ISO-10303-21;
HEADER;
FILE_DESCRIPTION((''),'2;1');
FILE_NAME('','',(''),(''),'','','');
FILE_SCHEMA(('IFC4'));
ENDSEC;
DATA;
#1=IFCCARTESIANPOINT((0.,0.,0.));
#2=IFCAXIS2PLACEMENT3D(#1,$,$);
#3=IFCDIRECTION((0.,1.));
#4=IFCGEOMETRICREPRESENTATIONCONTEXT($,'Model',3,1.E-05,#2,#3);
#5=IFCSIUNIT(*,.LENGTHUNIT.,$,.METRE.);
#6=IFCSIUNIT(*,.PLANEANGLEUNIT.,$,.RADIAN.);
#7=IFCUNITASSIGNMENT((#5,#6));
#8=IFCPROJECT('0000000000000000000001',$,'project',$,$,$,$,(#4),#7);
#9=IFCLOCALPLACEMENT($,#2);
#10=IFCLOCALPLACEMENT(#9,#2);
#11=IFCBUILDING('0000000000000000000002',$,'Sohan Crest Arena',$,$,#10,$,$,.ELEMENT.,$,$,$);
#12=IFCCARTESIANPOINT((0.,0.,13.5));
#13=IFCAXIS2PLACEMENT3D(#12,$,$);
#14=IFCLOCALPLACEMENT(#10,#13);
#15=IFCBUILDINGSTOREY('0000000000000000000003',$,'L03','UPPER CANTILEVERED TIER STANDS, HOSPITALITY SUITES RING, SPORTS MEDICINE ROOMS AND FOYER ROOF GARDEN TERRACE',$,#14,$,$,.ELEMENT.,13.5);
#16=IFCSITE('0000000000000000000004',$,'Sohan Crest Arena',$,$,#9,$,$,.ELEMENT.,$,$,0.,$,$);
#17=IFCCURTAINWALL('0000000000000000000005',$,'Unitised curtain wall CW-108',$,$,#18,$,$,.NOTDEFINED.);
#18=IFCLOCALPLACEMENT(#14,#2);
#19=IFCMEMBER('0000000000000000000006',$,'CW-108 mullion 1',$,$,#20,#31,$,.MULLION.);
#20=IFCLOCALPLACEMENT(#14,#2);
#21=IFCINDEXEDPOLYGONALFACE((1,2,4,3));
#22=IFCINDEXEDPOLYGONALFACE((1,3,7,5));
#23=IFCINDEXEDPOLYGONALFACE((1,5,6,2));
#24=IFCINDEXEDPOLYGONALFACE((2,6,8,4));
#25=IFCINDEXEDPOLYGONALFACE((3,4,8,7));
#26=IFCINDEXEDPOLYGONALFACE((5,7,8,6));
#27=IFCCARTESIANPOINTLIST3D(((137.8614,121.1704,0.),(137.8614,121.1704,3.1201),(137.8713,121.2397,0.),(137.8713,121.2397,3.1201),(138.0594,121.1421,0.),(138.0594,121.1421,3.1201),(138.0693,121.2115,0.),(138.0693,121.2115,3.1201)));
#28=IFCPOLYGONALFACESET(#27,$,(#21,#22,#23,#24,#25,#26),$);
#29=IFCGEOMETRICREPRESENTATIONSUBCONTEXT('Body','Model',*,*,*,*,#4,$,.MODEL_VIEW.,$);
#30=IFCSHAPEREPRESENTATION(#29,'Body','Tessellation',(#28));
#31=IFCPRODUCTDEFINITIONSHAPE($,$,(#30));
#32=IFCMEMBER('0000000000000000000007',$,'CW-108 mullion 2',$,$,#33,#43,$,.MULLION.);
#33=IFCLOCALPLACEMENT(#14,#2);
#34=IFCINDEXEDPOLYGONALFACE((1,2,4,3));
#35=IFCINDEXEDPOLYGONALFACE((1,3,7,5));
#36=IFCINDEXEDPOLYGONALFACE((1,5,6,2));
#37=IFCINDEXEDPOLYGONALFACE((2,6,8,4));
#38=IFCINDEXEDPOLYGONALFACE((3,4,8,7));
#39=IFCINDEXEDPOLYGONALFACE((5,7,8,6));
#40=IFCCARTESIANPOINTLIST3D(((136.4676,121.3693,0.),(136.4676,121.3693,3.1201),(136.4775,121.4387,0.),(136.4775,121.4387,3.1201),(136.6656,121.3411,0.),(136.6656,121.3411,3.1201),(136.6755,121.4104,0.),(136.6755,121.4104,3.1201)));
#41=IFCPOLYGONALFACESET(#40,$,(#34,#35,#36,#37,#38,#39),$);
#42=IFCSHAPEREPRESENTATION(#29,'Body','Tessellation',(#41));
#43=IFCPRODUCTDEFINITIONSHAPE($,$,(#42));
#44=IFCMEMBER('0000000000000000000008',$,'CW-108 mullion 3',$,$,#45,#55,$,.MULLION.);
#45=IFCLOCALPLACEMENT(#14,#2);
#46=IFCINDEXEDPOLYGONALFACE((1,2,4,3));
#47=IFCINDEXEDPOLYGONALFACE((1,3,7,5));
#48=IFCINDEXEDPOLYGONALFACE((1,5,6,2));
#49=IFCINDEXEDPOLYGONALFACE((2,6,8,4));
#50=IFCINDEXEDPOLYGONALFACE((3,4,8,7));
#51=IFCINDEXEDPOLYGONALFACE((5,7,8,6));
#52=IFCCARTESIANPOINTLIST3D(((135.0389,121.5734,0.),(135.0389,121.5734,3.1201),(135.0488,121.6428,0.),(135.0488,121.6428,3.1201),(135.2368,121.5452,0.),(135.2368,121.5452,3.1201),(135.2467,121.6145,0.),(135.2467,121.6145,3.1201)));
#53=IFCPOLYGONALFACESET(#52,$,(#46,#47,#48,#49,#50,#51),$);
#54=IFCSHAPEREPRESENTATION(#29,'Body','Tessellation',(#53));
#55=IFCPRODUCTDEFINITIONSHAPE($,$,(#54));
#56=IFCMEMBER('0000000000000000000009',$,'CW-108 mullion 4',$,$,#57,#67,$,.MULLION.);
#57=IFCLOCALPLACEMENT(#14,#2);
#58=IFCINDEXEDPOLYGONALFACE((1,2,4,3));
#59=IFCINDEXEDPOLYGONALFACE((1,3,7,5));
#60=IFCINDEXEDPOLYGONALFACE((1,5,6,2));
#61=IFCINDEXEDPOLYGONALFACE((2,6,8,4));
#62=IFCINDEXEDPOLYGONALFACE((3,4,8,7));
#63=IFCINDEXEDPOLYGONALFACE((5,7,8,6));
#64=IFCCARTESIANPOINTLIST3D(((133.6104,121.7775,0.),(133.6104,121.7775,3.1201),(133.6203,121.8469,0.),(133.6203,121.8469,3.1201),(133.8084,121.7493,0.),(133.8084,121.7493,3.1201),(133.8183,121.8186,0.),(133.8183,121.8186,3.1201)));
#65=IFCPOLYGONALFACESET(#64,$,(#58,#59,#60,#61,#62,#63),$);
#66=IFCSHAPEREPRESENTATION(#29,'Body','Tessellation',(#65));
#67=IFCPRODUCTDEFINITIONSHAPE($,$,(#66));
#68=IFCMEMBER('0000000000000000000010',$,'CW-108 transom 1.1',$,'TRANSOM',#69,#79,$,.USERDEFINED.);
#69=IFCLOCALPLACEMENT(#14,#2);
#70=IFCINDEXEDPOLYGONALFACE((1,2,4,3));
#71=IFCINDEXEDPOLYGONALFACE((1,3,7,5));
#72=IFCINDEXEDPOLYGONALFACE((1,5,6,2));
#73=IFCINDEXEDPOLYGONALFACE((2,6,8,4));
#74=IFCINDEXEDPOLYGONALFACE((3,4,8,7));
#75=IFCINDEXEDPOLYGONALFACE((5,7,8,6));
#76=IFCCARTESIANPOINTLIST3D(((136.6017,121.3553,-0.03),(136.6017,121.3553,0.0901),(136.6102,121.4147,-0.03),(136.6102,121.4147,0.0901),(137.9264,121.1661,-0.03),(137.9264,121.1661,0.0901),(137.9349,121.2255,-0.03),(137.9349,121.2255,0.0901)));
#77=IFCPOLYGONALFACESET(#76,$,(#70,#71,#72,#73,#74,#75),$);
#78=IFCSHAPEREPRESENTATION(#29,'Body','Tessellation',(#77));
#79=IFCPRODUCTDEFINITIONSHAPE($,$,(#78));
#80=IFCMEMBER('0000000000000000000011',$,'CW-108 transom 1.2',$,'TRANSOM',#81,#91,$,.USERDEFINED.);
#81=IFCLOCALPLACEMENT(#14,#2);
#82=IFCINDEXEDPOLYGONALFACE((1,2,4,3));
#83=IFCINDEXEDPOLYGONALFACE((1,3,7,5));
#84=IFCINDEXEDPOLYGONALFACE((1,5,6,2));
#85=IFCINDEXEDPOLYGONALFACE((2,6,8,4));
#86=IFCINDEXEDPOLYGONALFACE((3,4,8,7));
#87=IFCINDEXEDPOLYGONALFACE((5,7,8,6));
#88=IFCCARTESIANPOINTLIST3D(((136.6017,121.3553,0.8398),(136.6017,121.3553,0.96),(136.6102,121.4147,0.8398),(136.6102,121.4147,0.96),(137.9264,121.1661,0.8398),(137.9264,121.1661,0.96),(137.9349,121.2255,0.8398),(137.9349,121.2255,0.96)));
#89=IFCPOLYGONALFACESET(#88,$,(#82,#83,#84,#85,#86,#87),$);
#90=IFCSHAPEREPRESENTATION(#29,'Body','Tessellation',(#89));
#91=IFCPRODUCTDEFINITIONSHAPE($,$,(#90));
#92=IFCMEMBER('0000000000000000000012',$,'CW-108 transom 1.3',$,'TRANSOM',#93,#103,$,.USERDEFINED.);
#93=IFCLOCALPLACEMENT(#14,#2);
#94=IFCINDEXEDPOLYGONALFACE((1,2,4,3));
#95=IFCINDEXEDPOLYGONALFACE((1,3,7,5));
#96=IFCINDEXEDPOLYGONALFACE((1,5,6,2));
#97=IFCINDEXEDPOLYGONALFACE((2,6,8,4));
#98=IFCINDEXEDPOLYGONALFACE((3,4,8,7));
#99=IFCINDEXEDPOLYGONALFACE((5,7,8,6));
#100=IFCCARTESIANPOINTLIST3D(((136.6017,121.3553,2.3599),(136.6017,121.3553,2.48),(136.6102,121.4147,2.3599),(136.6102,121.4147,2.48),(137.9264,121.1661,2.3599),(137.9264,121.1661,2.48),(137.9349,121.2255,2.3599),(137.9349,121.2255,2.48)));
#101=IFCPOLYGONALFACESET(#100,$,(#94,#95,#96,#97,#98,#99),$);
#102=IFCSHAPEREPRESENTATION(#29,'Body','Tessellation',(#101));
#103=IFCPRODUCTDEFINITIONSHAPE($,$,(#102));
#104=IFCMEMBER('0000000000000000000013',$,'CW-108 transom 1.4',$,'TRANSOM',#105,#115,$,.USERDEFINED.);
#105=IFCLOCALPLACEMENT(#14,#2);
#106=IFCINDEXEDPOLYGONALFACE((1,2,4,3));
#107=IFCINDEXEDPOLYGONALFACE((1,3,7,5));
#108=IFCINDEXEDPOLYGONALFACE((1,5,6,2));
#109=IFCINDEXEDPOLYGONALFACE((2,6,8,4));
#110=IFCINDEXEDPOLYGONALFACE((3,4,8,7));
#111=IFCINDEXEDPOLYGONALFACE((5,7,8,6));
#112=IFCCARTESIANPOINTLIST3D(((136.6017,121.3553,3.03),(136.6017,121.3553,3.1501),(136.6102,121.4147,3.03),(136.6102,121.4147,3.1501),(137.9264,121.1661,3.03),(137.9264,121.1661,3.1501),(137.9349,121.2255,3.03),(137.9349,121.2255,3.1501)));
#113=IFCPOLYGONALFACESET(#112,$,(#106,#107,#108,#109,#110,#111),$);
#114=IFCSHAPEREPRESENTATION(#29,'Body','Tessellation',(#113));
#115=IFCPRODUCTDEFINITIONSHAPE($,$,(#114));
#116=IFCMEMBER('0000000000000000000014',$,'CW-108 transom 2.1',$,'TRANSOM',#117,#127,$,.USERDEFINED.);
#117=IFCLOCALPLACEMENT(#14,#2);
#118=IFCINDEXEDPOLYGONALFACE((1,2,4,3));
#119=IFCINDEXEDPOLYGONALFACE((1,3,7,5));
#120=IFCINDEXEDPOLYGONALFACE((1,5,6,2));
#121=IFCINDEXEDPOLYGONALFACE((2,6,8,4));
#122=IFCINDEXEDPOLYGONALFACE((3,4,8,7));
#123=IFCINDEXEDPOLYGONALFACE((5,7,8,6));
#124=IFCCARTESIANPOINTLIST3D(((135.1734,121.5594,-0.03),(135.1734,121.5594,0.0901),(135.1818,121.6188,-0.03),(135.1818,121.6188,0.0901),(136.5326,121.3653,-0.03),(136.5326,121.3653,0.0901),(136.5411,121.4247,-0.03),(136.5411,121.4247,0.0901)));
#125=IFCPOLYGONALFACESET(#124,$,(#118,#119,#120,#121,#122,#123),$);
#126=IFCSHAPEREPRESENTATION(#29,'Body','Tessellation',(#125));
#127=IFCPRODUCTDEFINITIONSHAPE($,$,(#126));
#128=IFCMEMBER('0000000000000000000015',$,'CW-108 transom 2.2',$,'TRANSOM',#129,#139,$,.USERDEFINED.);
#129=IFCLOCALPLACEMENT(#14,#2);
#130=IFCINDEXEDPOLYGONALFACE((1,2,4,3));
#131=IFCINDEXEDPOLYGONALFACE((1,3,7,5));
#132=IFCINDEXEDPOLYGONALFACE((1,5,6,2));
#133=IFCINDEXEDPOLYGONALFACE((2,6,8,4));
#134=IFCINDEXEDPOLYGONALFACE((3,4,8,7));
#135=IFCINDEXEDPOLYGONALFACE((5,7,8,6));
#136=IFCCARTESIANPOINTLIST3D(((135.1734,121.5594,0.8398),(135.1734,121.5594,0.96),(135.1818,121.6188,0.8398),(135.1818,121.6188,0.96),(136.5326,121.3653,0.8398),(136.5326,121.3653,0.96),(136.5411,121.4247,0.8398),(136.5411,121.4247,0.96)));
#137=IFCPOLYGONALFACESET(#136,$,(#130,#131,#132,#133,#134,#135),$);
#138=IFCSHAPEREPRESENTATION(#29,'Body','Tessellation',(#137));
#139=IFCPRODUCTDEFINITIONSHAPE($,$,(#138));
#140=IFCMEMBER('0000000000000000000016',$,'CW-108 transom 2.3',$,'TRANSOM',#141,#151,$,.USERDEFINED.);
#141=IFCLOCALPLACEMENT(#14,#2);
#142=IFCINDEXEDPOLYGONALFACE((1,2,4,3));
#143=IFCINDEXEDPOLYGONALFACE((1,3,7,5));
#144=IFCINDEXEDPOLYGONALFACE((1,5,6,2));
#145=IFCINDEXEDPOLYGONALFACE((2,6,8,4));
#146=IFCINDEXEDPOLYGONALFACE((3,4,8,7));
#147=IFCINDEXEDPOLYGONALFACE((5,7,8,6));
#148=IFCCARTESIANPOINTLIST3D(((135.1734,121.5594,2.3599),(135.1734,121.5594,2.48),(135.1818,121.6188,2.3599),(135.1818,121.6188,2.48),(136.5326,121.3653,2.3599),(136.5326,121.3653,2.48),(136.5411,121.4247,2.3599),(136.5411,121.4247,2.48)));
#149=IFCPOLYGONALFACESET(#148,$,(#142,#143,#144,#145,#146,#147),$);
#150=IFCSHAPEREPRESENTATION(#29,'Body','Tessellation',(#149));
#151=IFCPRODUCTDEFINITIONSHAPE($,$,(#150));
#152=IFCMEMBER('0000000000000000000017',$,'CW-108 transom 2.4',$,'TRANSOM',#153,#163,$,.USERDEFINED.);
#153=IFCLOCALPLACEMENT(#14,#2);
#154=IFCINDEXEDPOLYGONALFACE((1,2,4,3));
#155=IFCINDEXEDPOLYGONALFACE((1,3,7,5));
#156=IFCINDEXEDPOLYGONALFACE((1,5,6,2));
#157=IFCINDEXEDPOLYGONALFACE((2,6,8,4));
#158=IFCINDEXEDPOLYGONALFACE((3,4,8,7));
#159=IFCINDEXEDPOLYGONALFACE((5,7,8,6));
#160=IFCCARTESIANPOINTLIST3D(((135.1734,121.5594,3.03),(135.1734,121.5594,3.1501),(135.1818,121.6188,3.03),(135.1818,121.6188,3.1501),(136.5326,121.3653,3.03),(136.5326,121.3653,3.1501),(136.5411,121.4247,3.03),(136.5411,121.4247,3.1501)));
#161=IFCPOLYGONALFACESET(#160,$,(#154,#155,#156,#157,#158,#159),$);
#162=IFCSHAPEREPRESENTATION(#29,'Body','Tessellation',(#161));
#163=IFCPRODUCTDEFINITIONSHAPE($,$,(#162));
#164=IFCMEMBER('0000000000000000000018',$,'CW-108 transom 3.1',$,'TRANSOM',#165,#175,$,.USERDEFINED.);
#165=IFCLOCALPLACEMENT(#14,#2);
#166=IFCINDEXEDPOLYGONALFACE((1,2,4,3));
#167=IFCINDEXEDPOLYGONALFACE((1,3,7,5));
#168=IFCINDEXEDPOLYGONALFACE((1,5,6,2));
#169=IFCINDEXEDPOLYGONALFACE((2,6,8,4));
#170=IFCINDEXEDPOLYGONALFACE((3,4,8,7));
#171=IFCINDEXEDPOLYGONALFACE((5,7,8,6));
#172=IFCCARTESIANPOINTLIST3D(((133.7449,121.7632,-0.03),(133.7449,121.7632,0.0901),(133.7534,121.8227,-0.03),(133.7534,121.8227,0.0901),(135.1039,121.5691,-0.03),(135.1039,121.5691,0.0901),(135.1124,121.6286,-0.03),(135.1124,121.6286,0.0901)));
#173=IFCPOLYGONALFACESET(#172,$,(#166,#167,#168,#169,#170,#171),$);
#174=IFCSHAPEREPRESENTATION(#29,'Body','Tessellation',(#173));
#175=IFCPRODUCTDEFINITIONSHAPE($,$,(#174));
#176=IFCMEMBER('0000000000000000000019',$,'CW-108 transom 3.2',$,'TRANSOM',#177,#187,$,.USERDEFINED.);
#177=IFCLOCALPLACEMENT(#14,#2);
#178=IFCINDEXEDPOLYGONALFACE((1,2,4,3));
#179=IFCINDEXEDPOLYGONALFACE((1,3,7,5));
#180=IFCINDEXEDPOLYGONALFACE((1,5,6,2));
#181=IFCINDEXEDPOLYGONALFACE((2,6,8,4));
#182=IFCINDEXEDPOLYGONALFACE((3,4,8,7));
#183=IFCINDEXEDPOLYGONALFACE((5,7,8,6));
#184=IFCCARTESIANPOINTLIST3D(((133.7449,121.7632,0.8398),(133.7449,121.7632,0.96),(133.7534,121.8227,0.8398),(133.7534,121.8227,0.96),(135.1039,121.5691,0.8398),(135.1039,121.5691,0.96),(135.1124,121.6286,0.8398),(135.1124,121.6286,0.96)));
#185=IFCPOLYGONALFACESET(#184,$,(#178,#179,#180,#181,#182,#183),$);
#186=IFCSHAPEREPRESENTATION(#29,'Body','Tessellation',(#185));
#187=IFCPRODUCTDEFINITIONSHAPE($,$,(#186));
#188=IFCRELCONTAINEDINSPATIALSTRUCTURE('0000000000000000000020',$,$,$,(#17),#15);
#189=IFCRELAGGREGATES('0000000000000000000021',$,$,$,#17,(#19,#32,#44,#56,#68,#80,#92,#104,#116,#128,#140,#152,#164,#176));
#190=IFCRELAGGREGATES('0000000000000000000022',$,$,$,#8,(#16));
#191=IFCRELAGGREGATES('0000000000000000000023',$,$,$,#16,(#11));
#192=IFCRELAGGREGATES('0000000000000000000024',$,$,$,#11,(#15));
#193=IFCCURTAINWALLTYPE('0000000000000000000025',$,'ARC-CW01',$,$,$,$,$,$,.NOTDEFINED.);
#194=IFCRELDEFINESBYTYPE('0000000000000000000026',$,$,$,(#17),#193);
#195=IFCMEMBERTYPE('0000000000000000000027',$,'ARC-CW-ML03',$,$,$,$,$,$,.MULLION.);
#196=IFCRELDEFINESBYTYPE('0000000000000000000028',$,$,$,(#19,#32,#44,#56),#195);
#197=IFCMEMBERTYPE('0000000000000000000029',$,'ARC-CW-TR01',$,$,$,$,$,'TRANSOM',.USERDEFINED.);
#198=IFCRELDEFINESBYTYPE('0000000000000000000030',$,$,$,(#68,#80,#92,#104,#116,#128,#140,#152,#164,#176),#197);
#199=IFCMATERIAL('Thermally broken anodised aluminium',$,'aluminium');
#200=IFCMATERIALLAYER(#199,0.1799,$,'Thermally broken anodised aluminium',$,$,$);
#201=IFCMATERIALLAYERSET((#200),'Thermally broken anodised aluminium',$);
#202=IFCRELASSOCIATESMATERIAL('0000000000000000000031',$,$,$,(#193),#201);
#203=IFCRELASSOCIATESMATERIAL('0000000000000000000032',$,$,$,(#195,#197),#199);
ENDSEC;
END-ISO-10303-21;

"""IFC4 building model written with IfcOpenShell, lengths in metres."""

from ifc_helpers import new_model, si_unit, direction, frame, origin, origin_2d, place, context, subcontext, project, spatial, rectangle, extrude, material, layer, layer_set, material_profile, profile_set, type_object, element, aggregate, save


model = new_model("IFC4")

# Units and contexts
model_context = context("Model", 3, precision=1e-05, world=origin(), true_north=direction((0.0, 1.0)))
body_context = subcontext(model_context, "Body", "Model", "MODEL_VIEW")
ifc_project = project(units=[si_unit("LENGTHUNIT", "METRE"), si_unit("PLANEANGLEUNIT", "RADIAN")], contexts=[model_context])

# Site, building, storey
site_placement = place(None, origin())
site = spatial("IfcSite", under=ifc_project, at=site_placement, Name="Sohan Crest Arena", CompositionType="ELEMENT", RefElevation=0.0)
building_placement = place(site_placement, origin())
building = spatial("IfcBuilding", under=site, at=building_placement, Name="Sohan Crest Arena", CompositionType="ELEMENT")
storey_placement = place(building_placement, frame((0.0, 0.0, 13.5)))
storey = spatial("IfcBuildingStorey", under=building, at=storey_placement, Name="L03", Description="UPPER CANTILEVERED TIER STANDS, HOSPITALITY SUITES RING, SPORTS MEDICINE ROOMS AND FOYER ROOF GARDEN TERRACE", CompositionType="ELEMENT", Elevation=13.5)

# Curtain wall, members
ifc_material_1 = material(Name="Thermally broken anodised aluminium", Category="aluminium")
ifc_layer_1 = layer(ifc_material_1, 0.1799, Name="Thermally broken anodised aluminium")
ifc_layer_set_1 = layer_set([ifc_layer_1], Name="Thermally broken anodised aluminium")
curtain_wall_type = type_object("IfcCurtainWallType", Name="ARC-CW01", PredefinedType="NOTDEFINED", material=ifc_layer_set_1)
curtain_wall_placement = place(storey_placement, origin())
curtain_wall = element("IfcCurtainWall", 1, at=curtain_wall_placement, inside=storey, type_object=curtain_wall_type, Name="Unitised curtain wall CW-108", PredefinedType="NOTDEFINED")
ifc_material_profile_1 = material_profile(ifc_material_1, rectangle(XDim=0.0701, YDim=0.2, at=origin_2d()), Name="ALU-MULL 70x200")
ifc_profile_set_1 = profile_set([ifc_material_profile_1], Name="Thermally broken anodised aluminium")
member_type_1 = type_object("IfcMemberType", Name="ARC-CW-ML03", PredefinedType="MULLION", material=ifc_profile_set_1)
member_1_placement = place(storey_placement, frame((137.9653, 121.1909, 0.0), z_axis=(0.0, 0.0, 1.0), x_axis=(-0.141366, -0.989957, 0.0)))
member_1 = element("IfcMember", 2, at=member_1_placement, type_object=member_type_1, Name="CW-108 mullion 1", PredefinedType="MULLION", context=body_context, shape_type="SweptSolid", body=[
    extrude(rectangle(XDim=0.0701, YDim=0.2, at=origin_2d()), origin(), (0.0, 0.0, 1.0), 3.1201),
])
member_2_placement = place(storey_placement, frame((136.5715, 121.3899, 0.0), z_axis=(0.0, 0.0, 1.0), x_axis=(-0.141366, -0.989957, 0.0)))
member_2 = element("IfcMember", 3, at=member_2_placement, type_object=member_type_1, Name="CW-108 mullion 2", PredefinedType="MULLION", context=body_context, shape_type="SweptSolid", body=[
    extrude(rectangle(XDim=0.0701, YDim=0.2, at=origin_2d()), origin(), (0.0, 0.0, 1.0), 3.1201),
])
member_3_placement = place(storey_placement, frame((135.1428, 121.594, 0.0), z_axis=(0.0, 0.0, 1.0), x_axis=(-0.141366, -0.989957, 0.0)))
member_3 = element("IfcMember", 4, at=member_3_placement, type_object=member_type_1, Name="CW-108 mullion 3", PredefinedType="MULLION", context=body_context, shape_type="SweptSolid", body=[
    extrude(rectangle(XDim=0.0701, YDim=0.2, at=origin_2d()), origin(), (0.0, 0.0, 1.0), 3.1201),
])
member_4_placement = place(storey_placement, frame((133.7144, 121.7981, 0.0), z_axis=(0.0, 0.0, 1.0), x_axis=(-0.141366, -0.989957, 0.0)))
member_4 = element("IfcMember", 5, at=member_4_placement, type_object=member_type_1, Name="CW-108 mullion 4", PredefinedType="MULLION", context=body_context, shape_type="SweptSolid", body=[
    extrude(rectangle(XDim=0.0701, YDim=0.2, at=origin_2d()), origin(), (0.0, 0.0, 1.0), 3.1201),
])
ifc_material_profile_2 = material_profile(ifc_material_1, rectangle(XDim=0.0601, YDim=0.1201, at=origin_2d()), Name="ALU-TRAN 60x120")
ifc_profile_set_2 = profile_set([ifc_material_profile_2], Name="Thermally broken anodised aluminium")
member_type_2 = type_object("IfcMemberType", Name="ARC-CW-TR01", ElementType="TRANSOM", PredefinedType="USERDEFINED", material=ifc_profile_set_2)
member_5_placement = place(storey_placement, frame((137.9307, 121.1958, 0.03), z_axis=(-0.989953, 0.141396, 0.0), x_axis=(-0.141396, -0.989953, 0.0)))
member_5 = element("IfcMember", 6, at=member_5_placement, type_object=member_type_2, Name="CW-108 transom 1.1", ObjectType="TRANSOM", PredefinedType="USERDEFINED", context=body_context, shape_type="SweptSolid", body=[
    extrude(rectangle(XDim=0.0601, YDim=0.1201, at=origin_2d()), origin(), (0.0, 0.0, 1.0), 1.3381),
])
member_6_placement = place(storey_placement, frame((137.9307, 121.1958, 0.8999), z_axis=(-0.989953, 0.141396, 0.0), x_axis=(-0.141396, -0.989953, 0.0)))
member_6 = element("IfcMember", 7, at=member_6_placement, type_object=member_type_2, Name="CW-108 transom 1.2", ObjectType="TRANSOM", PredefinedType="USERDEFINED", context=body_context, shape_type="SweptSolid", body=[
    extrude(rectangle(XDim=0.0601, YDim=0.1201, at=origin_2d()), origin(), (0.0, 0.0, 1.0), 1.3381),
])
member_7_placement = place(storey_placement, frame((137.9307, 121.1958, 2.4199), z_axis=(-0.989953, 0.141396, 0.0), x_axis=(-0.141396, -0.989953, 0.0)))
member_7 = element("IfcMember", 8, at=member_7_placement, type_object=member_type_2, Name="CW-108 transom 1.3", ObjectType="TRANSOM", PredefinedType="USERDEFINED", context=body_context, shape_type="SweptSolid", body=[
    extrude(rectangle(XDim=0.0601, YDim=0.1201, at=origin_2d()), origin(), (0.0, 0.0, 1.0), 1.3381),
])
member_8_placement = place(storey_placement, frame((137.9307, 121.1958, 3.0901), z_axis=(-0.989953, 0.141396, 0.0), x_axis=(-0.141396, -0.989953, 0.0)))
member_8 = element("IfcMember", 9, at=member_8_placement, type_object=member_type_2, Name="CW-108 transom 1.4", ObjectType="TRANSOM", PredefinedType="USERDEFINED", context=body_context, shape_type="SweptSolid", body=[
    extrude(rectangle(XDim=0.0601, YDim=0.1201, at=origin_2d()), origin(), (0.0, 0.0, 1.0), 1.3381),
])
member_9_placement = place(storey_placement, frame((136.5369, 121.395, 0.03), z_axis=(-0.98996, 0.141347, 0.0), x_axis=(-0.141347, -0.98996, 0.0)))
member_9 = element("IfcMember", 10, at=member_9_placement, type_object=member_type_2, Name="CW-108 transom 2.1", ObjectType="TRANSOM", PredefinedType="USERDEFINED", context=body_context, shape_type="SweptSolid", body=[
    extrude(rectangle(XDim=0.0601, YDim=0.1201, at=origin_2d()), origin(), (0.0, 0.0, 1.0), 1.373),
])
member_10_placement = place(storey_placement, frame((136.5369, 121.395, 0.8999), z_axis=(-0.98996, 0.141347, 0.0), x_axis=(-0.141347, -0.98996, 0.0)))
member_10 = element("IfcMember", 11, at=member_10_placement, type_object=member_type_2, Name="CW-108 transom 2.2", ObjectType="TRANSOM", PredefinedType="USERDEFINED", context=body_context, shape_type="SweptSolid", body=[
    extrude(rectangle(XDim=0.0601, YDim=0.1201, at=origin_2d()), origin(), (0.0, 0.0, 1.0), 1.373),
])
member_11_placement = place(storey_placement, frame((136.5369, 121.395, 2.4199), z_axis=(-0.98996, 0.141347, 0.0), x_axis=(-0.141347, -0.98996, 0.0)))
member_11 = element("IfcMember", 12, at=member_11_placement, type_object=member_type_2, Name="CW-108 transom 2.3", ObjectType="TRANSOM", PredefinedType="USERDEFINED", context=body_context, shape_type="SweptSolid", body=[
    extrude(rectangle(XDim=0.0601, YDim=0.1201, at=origin_2d()), origin(), (0.0, 0.0, 1.0), 1.373),
])
member_12_placement = place(storey_placement, frame((136.5369, 121.395, 3.0901), z_axis=(-0.98996, 0.141347, 0.0), x_axis=(-0.141347, -0.98996, 0.0)))
member_12 = element("IfcMember", 13, at=member_12_placement, type_object=member_type_2, Name="CW-108 transom 2.4", ObjectType="TRANSOM", PredefinedType="USERDEFINED", context=body_context, shape_type="SweptSolid", body=[
    extrude(rectangle(XDim=0.0601, YDim=0.1201, at=origin_2d()), origin(), (0.0, 0.0, 1.0), 1.373),
])
member_13_placement = place(storey_placement, frame((135.1082, 121.5989, 0.03), z_axis=(-0.989957, 0.141372, 0.0), x_axis=(-0.141372, -0.989957, 0.0)))
member_13 = element("IfcMember", 14, at=member_13_placement, type_object=member_type_2, Name="CW-108 transom 3.1", ObjectType="TRANSOM", PredefinedType="USERDEFINED", context=body_context, shape_type="SweptSolid", body=[
    extrude(rectangle(XDim=0.0601, YDim=0.1201, at=origin_2d()), origin(), (0.0, 0.0, 1.0), 1.3728),
])
member_14_placement = place(storey_placement, frame((135.1082, 121.5989, 0.8999), z_axis=(-0.989957, 0.141372, 0.0), x_axis=(-0.141372, -0.989957, 0.0)))
member_14 = element("IfcMember", 15, at=member_14_placement, type_object=member_type_2, Name="CW-108 transom 3.2", ObjectType="TRANSOM", PredefinedType="USERDEFINED", context=body_context, shape_type="SweptSolid", body=[
    extrude(rectangle(XDim=0.0601, YDim=0.1201, at=origin_2d()), origin(), (0.0, 0.0, 1.0), 1.3728),
])

aggregate(curtain_wall, [member_1, member_2, member_3, member_4, member_5, member_6, member_7, member_8, member_9, member_10, member_11, member_12, member_13, member_14])

save(model, "model.ifc")
